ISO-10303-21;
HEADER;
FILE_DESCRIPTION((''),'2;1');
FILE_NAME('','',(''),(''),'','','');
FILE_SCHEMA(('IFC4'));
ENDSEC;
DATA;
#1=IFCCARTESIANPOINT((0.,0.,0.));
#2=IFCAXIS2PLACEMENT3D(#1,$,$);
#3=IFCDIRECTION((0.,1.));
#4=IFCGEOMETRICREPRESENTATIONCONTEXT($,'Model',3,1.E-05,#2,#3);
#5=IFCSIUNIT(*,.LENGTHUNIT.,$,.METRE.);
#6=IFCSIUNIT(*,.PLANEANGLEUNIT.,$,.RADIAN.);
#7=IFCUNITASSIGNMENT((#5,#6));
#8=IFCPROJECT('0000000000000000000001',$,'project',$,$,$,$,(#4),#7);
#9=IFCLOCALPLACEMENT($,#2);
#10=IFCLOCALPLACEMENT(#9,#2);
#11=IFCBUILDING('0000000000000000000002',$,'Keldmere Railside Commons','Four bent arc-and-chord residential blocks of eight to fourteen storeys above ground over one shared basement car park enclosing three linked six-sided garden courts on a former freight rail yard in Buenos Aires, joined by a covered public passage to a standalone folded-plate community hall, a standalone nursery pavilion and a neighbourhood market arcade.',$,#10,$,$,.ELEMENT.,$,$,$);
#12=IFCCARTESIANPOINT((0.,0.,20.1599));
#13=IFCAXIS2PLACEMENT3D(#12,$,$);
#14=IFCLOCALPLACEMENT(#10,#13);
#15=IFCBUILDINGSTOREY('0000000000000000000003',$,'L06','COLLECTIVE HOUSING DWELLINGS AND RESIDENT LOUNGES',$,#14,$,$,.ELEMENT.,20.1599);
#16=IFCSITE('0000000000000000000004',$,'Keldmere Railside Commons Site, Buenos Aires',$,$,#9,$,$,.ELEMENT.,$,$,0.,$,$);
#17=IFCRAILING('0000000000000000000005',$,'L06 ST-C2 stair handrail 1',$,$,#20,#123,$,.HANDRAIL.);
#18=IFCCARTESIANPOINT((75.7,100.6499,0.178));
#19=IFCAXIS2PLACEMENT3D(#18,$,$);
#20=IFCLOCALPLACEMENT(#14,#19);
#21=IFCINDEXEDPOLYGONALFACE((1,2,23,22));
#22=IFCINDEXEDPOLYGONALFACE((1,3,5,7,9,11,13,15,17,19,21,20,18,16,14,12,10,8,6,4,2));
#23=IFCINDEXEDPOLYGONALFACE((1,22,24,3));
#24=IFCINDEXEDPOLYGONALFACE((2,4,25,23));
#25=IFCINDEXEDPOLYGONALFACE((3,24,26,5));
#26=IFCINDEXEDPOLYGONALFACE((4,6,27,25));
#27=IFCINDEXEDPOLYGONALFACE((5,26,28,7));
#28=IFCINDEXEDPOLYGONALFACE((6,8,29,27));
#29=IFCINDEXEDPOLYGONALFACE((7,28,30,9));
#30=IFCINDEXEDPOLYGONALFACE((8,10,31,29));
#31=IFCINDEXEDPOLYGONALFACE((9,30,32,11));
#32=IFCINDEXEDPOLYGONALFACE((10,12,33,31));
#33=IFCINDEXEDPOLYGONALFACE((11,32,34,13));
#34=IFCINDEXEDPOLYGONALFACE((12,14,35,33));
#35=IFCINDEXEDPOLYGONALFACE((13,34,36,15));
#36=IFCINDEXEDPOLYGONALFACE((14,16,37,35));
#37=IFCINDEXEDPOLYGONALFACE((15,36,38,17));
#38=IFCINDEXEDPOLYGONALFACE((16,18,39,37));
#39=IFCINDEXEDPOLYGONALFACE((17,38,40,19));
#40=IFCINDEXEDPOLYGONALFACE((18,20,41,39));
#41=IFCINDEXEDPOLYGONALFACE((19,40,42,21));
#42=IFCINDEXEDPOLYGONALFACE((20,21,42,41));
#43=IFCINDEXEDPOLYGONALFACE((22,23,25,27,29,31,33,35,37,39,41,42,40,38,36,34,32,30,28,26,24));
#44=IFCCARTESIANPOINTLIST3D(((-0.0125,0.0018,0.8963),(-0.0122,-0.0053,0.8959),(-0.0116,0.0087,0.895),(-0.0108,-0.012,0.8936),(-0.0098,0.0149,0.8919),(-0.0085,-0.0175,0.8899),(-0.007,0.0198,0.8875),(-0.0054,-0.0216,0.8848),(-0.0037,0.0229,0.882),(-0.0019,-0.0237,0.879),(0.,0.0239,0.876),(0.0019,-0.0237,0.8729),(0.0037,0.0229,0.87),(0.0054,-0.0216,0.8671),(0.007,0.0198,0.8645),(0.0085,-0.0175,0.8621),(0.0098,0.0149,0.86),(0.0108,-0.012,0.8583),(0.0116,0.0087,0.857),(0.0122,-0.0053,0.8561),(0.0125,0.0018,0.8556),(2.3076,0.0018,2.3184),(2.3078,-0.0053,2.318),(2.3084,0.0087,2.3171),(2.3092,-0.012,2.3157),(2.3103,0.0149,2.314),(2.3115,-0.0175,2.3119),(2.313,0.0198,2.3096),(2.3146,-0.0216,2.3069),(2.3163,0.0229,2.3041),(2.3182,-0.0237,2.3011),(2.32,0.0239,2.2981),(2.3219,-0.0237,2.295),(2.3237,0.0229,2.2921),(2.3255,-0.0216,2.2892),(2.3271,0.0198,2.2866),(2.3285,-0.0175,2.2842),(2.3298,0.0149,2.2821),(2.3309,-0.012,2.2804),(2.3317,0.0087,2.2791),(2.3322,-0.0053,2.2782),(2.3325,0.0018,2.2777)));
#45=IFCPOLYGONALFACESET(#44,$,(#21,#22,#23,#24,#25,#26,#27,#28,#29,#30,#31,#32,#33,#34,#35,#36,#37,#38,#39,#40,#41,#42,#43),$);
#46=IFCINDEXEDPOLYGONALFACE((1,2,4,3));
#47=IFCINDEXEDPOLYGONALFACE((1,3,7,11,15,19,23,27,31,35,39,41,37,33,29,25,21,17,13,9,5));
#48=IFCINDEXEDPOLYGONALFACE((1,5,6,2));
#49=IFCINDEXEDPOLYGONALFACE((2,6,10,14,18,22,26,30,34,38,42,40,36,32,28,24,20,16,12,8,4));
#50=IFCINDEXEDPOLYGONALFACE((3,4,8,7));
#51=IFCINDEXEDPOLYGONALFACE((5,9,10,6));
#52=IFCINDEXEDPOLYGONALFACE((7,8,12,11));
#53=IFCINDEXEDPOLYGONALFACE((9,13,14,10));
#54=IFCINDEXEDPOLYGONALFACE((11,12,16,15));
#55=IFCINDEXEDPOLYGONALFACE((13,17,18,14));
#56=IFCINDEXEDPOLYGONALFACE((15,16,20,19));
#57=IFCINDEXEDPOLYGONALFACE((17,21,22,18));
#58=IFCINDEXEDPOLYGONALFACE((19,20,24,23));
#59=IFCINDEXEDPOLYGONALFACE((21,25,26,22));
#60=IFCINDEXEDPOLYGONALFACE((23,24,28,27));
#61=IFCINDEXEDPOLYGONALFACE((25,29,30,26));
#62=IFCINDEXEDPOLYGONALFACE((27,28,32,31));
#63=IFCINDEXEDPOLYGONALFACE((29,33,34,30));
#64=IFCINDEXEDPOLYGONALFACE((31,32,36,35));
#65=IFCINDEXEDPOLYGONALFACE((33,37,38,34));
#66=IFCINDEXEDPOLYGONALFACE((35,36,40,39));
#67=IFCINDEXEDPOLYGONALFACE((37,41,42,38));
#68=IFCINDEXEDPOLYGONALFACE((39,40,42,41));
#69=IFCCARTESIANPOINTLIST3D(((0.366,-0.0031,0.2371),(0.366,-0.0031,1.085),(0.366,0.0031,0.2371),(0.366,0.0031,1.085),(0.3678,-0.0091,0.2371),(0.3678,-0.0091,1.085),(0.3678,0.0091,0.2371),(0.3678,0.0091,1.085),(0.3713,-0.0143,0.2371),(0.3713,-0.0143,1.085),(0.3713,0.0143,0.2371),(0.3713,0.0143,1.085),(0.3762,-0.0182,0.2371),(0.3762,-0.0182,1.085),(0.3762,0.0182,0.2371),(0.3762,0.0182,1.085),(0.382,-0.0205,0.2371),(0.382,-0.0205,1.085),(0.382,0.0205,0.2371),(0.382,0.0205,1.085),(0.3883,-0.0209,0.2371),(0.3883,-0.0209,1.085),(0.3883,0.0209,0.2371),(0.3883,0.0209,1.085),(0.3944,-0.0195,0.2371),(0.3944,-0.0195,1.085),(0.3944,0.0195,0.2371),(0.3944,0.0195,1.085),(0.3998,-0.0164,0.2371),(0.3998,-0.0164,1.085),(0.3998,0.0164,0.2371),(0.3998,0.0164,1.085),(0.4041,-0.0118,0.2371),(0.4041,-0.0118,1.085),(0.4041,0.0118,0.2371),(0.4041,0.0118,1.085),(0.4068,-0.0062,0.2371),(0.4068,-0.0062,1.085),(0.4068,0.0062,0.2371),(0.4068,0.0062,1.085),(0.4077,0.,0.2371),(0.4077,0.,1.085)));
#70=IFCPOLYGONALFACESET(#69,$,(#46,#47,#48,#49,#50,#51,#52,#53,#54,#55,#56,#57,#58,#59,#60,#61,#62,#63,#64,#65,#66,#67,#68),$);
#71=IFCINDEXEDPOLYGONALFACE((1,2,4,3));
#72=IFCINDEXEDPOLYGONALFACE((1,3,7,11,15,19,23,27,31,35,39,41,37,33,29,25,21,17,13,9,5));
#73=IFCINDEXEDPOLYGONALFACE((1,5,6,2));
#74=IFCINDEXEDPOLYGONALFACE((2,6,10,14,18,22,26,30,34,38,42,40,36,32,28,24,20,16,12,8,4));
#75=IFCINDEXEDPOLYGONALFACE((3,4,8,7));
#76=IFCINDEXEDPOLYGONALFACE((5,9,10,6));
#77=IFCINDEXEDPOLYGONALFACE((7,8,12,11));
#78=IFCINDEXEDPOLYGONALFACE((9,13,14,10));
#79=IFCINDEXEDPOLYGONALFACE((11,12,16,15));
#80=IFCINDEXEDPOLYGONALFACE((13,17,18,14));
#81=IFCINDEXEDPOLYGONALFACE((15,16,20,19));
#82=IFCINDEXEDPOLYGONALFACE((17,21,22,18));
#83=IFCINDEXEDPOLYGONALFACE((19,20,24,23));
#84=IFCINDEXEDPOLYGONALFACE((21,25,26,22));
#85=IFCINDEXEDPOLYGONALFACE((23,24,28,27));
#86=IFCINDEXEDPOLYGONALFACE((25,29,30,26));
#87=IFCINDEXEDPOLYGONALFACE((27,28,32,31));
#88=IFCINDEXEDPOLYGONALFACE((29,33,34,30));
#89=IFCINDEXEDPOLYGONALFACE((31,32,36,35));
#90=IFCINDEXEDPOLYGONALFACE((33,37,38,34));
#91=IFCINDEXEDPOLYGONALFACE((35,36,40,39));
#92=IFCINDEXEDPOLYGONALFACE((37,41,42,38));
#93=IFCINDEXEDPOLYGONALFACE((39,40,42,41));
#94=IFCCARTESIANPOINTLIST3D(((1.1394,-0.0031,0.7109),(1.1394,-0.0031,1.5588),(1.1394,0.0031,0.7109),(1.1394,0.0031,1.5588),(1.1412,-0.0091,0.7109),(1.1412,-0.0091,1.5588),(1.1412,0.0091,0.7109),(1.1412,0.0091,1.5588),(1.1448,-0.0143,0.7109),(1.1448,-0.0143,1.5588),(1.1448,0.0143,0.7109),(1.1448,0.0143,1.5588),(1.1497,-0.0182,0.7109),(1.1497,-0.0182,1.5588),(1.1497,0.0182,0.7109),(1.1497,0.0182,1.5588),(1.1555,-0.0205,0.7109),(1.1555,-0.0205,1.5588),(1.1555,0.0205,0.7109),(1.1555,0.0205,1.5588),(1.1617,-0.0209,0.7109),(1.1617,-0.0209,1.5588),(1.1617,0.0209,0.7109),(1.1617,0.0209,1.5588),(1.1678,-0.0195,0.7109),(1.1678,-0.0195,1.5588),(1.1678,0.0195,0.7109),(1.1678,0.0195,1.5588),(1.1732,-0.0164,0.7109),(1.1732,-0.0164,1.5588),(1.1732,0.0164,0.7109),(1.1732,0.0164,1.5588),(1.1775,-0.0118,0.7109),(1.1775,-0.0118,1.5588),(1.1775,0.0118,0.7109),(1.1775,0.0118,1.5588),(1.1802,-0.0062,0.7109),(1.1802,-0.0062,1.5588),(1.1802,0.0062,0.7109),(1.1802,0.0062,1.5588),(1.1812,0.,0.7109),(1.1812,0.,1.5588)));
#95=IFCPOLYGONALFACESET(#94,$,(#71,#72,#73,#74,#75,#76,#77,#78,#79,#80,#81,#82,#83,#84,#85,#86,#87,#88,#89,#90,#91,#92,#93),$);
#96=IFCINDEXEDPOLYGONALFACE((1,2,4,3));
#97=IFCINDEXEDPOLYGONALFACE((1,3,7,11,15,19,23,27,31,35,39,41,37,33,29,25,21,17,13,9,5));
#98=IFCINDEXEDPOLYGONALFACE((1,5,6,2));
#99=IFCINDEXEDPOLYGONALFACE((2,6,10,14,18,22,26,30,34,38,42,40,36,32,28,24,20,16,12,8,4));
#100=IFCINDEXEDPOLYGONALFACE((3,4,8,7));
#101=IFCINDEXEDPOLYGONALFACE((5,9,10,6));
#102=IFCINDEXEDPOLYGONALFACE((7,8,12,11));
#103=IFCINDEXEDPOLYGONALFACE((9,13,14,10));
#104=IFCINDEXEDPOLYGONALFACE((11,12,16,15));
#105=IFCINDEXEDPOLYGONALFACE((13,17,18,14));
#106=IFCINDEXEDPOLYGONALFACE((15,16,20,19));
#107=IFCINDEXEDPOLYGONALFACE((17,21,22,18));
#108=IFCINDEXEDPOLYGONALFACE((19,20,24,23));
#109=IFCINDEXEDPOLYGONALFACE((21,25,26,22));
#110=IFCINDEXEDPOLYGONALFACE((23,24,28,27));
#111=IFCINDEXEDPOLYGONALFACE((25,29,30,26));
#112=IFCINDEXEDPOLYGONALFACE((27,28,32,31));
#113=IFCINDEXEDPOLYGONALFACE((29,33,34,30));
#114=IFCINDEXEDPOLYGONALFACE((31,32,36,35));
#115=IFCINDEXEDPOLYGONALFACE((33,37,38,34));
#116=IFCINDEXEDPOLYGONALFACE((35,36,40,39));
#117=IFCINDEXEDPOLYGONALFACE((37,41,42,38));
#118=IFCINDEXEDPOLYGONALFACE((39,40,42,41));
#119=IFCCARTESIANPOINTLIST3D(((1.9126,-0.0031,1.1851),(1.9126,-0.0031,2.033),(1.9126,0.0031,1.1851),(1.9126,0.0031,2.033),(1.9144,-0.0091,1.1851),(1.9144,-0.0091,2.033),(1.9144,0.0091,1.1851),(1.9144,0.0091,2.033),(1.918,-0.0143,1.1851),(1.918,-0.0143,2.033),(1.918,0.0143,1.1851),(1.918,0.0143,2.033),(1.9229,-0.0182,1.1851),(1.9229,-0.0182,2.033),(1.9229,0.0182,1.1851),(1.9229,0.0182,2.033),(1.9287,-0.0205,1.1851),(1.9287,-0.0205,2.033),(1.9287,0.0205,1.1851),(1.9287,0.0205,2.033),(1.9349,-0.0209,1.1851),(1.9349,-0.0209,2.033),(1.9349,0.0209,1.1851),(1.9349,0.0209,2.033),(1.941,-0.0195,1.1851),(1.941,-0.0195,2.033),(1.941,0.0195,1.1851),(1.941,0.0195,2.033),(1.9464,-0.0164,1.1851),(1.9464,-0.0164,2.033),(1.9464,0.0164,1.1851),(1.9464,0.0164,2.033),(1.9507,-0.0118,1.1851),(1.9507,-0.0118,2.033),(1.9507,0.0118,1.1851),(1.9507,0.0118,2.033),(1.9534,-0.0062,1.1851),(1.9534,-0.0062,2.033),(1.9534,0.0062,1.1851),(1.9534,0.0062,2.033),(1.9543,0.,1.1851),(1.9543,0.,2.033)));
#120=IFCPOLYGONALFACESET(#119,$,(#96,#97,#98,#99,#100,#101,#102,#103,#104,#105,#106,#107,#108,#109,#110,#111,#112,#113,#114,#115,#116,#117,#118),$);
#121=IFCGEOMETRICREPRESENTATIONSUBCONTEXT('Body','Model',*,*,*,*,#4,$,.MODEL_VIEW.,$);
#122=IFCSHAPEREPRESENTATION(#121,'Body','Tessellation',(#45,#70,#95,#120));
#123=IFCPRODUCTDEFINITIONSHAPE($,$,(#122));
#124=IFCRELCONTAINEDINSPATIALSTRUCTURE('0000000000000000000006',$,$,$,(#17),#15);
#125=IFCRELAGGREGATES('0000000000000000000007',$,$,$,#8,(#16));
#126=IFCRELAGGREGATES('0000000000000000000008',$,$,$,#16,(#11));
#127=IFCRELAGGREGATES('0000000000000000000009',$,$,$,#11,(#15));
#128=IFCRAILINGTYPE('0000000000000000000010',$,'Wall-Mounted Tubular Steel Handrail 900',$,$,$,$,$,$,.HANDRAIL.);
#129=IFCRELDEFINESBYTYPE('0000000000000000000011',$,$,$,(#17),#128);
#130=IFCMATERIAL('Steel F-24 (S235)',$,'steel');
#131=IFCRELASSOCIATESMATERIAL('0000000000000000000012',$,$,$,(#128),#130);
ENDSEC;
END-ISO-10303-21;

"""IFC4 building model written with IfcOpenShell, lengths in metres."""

from ifc_helpers import new_model, si_unit, direction, frame, origin, origin_2d, place, context, subcontext, project, spatial, circle, extrude, material, type_object, element, save


model = new_model("IFC4")

# Units and contexts
model_context = context("Model", 3, precision=1e-05, world=origin(), true_north=direction((0.0, 1.0)))
body_context = subcontext(model_context, "Body", "Model", "MODEL_VIEW")
ifc_project = project(units=[si_unit("LENGTHUNIT", "METRE"), si_unit("PLANEANGLEUNIT", "RADIAN")], contexts=[model_context])

# Site, building, storey
site_placement = place(None, origin())
site = spatial("IfcSite", under=ifc_project, at=site_placement, Name="Keldmere Railside Commons Site, Buenos Aires", CompositionType="ELEMENT", RefElevation=0.0)
building_placement = place(site_placement, origin())
building = spatial("IfcBuilding", under=site, at=building_placement, Name="Keldmere Railside Commons", Description="Four bent arc-and-chord residential blocks of eight to fourteen storeys above ground over one shared basement car park enclosing three linked six-sided garden courts on a former freight rail yard in Buenos Aires, joined by a covered public passage to a standalone folded-plate community hall, a standalone nursery pavilion and a neighbourhood market arcade.", CompositionType="ELEMENT")
storey_placement = place(building_placement, frame((0.0, 0.0, 20.1599)))
storey = spatial("IfcBuildingStorey", under=building, at=storey_placement, Name="L06", Description="COLLECTIVE HOUSING DWELLINGS AND RESIDENT LOUNGES", CompositionType="ELEMENT", Elevation=20.1599)

# Railing
ifc_material_1 = material(Name="Steel F-24 (S235)", Category="steel")
railing_type_1 = type_object("IfcRailingType", Name="Wall-Mounted Tubular Steel Handrail 900", PredefinedType="HANDRAIL", material=ifc_material_1)
railing_1_placement = place(storey_placement, frame((75.7, 100.6499, 0.178)))
element("IfcRailing", 1, at=railing_1_placement, inside=storey, type_object=railing_type_1, Name="L06 ST-C2 stair handrail 1", PredefinedType="HANDRAIL", context=body_context, shape_type="SweptSolid", body=[
    extrude(circle(Radius=0.0239, at=origin_2d()), frame((0.0, 0.0, 0.876), z_axis=(0.852578, 0.0, 0.5226), x_axis=(0.0, 1.0, 0.0)), (0.0, 0.0, 1.0), 2.7212),
    extrude(circle(Radius=0.021, at=origin_2d()), frame((0.3867, 0.0, 0.2371)), (0.0, 0.0, 1.0), 0.8479),
    extrude(circle(Radius=0.021, at=origin_2d()), frame((1.1602, 0.0, 0.7109)), (0.0, 0.0, 1.0), 0.8479),
    extrude(circle(Radius=0.021, at=origin_2d()), frame((1.9333, 0.0, 1.1851)), (0.0, 0.0, 1.0), 0.8479),
])

save(model, "model.ifc")
